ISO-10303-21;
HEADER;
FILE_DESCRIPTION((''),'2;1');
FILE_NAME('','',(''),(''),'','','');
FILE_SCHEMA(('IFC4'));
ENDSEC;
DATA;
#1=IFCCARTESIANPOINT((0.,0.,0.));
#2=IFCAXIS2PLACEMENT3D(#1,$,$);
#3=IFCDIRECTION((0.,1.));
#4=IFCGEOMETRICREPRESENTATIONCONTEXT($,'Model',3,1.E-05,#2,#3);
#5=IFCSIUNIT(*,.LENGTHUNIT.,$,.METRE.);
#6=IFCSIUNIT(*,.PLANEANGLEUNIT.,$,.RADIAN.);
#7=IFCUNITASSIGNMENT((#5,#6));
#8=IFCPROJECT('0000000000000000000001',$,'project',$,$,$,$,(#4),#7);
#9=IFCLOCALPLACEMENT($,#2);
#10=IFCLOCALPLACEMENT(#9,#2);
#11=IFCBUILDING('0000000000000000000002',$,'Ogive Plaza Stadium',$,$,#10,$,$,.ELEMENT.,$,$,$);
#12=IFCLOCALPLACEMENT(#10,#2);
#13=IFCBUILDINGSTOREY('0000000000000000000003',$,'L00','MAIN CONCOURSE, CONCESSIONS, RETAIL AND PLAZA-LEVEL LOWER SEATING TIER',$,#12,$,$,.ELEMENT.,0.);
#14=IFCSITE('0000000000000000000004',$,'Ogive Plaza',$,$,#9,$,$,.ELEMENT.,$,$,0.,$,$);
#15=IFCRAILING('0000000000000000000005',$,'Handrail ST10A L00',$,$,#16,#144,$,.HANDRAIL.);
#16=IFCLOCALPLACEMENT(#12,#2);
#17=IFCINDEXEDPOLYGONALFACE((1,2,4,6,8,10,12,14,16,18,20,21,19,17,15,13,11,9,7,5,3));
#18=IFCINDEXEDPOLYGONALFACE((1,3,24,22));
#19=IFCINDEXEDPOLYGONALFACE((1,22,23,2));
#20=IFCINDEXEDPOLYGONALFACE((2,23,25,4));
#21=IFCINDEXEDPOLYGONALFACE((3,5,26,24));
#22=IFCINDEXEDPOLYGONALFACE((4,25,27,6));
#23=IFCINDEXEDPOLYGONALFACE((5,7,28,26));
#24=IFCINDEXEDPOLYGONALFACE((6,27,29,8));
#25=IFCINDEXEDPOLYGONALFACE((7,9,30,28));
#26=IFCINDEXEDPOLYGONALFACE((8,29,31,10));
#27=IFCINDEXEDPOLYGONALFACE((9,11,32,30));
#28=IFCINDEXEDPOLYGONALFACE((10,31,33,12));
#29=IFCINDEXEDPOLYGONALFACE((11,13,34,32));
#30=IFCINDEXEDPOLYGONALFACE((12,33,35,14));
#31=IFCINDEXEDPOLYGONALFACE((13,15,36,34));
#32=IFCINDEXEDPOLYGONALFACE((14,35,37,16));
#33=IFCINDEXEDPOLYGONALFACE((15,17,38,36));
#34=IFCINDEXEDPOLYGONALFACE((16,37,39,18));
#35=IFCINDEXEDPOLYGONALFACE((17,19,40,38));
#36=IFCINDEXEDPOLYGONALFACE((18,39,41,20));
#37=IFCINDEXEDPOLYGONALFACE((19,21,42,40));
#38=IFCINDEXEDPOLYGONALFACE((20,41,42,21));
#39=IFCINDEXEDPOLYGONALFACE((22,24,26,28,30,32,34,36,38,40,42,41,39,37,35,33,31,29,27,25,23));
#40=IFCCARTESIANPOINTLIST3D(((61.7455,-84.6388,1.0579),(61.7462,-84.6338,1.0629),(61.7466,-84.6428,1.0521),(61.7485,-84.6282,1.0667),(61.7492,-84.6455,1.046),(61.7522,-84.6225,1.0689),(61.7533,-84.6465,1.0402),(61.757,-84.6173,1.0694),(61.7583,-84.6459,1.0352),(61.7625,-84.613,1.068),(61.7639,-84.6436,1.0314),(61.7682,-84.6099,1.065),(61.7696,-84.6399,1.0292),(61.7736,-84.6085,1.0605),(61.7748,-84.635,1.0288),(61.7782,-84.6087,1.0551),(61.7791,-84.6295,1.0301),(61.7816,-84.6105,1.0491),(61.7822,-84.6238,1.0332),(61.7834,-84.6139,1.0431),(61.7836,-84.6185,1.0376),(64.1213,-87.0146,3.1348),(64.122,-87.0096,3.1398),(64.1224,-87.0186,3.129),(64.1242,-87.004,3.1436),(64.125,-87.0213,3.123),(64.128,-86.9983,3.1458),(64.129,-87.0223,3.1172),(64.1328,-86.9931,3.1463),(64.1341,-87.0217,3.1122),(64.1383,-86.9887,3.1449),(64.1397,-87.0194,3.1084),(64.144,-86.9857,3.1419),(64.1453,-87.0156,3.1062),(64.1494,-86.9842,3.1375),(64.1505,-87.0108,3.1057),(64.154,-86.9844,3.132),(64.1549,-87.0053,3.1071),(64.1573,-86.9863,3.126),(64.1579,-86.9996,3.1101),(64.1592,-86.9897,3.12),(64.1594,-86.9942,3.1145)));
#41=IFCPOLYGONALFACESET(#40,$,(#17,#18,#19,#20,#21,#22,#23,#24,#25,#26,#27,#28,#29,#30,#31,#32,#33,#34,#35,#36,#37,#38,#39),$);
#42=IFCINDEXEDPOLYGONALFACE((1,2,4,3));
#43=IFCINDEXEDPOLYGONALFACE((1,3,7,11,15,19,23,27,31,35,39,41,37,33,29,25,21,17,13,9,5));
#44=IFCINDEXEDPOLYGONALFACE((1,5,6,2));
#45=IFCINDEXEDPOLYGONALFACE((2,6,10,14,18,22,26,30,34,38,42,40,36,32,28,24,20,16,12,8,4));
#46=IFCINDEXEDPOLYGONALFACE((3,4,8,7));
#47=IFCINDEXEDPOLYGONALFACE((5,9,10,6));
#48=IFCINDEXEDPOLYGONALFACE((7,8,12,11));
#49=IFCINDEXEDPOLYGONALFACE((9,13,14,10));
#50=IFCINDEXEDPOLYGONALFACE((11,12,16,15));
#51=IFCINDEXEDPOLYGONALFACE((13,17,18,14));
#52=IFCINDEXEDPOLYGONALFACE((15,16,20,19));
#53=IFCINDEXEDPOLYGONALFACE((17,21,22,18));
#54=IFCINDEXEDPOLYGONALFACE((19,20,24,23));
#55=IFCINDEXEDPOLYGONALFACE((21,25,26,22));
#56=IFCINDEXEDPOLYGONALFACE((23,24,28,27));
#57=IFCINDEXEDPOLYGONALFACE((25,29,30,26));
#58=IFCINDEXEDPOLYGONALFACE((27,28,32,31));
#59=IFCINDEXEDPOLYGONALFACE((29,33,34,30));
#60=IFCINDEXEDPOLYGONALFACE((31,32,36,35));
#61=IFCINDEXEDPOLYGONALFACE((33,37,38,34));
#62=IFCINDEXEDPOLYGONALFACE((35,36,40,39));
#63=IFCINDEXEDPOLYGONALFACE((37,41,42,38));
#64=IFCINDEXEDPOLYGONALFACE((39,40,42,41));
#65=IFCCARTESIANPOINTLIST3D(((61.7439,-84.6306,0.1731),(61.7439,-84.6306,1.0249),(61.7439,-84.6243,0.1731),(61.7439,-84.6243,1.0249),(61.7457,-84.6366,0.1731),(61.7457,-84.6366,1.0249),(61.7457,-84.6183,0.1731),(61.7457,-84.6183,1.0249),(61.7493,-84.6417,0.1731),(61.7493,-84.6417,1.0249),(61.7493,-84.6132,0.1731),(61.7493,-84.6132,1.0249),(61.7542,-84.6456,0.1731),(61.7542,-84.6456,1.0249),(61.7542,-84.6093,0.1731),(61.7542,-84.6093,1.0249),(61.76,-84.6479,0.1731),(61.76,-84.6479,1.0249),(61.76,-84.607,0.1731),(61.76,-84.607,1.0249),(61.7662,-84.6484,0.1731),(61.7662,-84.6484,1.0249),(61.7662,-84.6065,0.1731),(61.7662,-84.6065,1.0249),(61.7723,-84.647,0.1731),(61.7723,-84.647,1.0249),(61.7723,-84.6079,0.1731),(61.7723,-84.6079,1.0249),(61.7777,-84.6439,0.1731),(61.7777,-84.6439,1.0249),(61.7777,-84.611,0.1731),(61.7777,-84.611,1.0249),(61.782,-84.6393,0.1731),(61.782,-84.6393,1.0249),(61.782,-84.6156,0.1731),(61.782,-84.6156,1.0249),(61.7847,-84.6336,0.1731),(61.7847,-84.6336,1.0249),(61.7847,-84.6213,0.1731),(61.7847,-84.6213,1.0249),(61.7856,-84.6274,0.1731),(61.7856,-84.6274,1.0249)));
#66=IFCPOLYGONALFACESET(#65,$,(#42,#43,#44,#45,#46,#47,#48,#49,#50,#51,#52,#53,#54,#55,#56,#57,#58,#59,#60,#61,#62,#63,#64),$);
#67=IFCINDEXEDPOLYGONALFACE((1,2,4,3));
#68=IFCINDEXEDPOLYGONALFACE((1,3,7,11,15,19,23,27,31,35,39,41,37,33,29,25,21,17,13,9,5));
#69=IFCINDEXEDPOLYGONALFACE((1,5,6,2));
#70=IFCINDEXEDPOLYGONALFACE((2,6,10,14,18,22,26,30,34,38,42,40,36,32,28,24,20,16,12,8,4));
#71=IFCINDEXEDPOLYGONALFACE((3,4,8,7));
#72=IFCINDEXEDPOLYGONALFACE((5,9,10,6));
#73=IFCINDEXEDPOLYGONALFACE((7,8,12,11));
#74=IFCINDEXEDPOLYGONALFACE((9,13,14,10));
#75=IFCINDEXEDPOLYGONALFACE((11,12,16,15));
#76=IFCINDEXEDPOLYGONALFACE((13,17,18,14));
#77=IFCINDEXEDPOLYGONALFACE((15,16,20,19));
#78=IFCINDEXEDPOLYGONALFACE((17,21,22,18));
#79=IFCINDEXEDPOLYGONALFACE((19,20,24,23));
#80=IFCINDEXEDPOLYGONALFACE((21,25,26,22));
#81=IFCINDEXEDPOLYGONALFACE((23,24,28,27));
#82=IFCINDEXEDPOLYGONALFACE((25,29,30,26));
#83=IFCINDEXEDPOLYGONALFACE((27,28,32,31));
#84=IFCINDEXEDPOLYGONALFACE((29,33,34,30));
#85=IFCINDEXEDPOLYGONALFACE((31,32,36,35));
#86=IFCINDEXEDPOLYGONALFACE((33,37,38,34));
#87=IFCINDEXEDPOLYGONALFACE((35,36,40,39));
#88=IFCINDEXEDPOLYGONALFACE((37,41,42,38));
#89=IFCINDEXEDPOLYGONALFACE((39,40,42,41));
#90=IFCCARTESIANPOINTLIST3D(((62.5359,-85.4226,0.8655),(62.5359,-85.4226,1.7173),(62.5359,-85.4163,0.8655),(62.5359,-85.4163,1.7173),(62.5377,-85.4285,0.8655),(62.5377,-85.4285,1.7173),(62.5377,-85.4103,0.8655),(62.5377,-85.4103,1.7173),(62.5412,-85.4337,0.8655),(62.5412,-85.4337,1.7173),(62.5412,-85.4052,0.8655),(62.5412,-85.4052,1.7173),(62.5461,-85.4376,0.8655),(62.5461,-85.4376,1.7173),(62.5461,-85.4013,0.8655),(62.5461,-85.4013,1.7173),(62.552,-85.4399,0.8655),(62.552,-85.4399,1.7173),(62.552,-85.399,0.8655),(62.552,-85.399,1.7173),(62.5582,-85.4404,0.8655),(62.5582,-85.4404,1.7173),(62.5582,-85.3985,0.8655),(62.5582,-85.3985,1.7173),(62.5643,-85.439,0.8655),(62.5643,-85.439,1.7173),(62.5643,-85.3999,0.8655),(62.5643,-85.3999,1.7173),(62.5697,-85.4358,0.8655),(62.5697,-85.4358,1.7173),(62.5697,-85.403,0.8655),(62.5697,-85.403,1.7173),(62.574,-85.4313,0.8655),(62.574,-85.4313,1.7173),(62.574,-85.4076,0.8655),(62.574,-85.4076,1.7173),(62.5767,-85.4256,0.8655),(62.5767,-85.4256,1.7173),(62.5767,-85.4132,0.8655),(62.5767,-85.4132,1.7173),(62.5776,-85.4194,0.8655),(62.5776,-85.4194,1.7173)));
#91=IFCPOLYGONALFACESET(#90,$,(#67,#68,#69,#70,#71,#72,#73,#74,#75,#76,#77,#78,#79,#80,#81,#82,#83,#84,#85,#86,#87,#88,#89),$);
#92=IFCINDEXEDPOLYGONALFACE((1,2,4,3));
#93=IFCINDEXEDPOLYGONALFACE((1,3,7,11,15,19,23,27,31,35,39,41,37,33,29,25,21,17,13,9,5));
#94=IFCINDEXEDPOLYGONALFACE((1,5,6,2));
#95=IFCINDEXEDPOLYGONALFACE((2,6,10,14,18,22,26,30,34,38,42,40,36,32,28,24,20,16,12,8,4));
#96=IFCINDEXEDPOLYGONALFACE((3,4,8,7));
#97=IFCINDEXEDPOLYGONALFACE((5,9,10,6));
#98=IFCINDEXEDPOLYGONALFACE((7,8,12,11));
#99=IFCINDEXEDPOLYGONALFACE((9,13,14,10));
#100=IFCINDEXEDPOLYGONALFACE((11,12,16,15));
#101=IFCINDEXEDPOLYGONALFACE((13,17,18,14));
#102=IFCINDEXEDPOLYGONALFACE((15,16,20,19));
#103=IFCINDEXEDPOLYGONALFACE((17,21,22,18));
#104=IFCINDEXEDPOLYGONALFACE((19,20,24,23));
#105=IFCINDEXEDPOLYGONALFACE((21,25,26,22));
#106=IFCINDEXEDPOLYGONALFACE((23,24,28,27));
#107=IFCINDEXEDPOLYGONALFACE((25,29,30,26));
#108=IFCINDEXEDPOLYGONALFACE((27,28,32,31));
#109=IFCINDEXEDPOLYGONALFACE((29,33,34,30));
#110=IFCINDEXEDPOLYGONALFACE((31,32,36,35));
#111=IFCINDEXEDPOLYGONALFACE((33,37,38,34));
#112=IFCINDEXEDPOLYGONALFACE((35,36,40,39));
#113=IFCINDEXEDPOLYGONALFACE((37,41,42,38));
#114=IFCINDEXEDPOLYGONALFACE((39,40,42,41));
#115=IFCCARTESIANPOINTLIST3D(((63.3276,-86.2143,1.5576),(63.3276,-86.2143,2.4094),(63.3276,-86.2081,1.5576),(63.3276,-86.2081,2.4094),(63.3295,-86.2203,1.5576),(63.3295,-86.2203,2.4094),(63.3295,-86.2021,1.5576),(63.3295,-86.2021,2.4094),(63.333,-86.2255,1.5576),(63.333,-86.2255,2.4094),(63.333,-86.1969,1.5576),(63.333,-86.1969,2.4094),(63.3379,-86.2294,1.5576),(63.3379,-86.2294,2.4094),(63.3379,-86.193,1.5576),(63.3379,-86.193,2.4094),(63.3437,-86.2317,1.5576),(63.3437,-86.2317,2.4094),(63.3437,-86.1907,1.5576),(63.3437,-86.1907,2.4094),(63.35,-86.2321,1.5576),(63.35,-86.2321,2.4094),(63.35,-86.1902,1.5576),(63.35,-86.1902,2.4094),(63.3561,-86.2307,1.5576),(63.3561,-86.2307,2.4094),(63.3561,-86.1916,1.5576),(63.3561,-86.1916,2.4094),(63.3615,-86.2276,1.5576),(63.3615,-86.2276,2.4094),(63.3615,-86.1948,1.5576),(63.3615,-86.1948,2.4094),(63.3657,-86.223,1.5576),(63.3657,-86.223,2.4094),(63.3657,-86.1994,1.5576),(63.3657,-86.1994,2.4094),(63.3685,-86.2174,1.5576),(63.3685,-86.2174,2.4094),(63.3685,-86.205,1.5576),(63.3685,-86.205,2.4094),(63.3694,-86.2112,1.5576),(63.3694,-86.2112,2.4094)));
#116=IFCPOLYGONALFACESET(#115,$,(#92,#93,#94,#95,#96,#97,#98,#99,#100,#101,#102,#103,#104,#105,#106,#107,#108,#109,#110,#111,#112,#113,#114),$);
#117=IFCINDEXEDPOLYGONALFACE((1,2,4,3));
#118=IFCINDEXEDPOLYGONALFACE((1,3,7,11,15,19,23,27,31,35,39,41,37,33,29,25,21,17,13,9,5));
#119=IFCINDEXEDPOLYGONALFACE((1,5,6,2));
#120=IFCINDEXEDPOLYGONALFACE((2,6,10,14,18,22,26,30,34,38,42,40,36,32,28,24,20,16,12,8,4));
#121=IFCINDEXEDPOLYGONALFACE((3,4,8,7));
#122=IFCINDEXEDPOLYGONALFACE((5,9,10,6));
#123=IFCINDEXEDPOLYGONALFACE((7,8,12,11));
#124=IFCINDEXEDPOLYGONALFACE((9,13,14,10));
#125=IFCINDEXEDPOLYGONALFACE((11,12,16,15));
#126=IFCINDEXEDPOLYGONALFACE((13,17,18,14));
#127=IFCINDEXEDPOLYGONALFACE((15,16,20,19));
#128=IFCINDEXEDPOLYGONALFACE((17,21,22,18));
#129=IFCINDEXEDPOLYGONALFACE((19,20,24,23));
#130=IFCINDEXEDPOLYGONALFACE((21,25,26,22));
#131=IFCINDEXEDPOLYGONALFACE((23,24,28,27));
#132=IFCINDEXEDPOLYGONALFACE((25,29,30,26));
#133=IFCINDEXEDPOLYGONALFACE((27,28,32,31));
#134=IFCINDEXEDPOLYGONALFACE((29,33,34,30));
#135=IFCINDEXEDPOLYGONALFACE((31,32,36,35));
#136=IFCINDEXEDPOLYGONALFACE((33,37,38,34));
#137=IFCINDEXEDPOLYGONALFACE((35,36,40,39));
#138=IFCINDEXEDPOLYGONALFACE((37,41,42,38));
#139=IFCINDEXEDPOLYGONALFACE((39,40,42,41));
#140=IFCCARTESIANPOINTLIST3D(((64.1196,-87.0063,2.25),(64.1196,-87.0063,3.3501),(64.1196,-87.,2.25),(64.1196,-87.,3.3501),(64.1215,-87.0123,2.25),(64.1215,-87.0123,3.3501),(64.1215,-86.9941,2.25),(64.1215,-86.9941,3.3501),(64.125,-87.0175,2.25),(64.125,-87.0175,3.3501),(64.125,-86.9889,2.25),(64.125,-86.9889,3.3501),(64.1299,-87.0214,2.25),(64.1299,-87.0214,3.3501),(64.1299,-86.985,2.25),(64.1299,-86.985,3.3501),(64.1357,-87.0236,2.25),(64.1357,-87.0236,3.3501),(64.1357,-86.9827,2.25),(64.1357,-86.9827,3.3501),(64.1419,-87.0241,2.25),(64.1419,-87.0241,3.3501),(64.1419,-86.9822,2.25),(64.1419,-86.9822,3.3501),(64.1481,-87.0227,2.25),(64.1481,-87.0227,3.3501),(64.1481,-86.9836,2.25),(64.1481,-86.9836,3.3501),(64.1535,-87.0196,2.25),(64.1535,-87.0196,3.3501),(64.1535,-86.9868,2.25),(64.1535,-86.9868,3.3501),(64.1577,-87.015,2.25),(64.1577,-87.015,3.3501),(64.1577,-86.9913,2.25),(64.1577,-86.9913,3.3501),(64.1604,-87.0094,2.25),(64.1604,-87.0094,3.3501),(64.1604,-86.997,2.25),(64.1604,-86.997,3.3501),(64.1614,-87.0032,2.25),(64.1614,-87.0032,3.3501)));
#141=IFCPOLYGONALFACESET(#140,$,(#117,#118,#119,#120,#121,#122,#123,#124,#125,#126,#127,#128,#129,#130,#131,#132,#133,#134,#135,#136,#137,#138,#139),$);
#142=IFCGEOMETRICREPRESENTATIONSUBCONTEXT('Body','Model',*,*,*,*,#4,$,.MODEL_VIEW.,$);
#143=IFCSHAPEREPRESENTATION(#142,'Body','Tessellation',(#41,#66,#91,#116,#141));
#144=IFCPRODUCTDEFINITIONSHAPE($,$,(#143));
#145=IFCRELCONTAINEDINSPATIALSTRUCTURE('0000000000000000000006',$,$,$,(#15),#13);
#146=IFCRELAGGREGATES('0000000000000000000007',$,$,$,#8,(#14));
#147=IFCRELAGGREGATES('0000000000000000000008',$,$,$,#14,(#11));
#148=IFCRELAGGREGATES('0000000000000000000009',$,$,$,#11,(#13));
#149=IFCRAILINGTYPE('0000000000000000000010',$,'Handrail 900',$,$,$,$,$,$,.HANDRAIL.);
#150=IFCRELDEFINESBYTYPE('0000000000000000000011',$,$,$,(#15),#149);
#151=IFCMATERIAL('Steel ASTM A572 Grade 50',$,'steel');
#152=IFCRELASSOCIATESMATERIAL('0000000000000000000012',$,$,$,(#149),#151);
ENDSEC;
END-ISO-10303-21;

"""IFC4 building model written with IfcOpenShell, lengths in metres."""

from ifc_helpers import new_model, si_unit, direction, frame, origin, origin_2d, place, context, subcontext, project, spatial, circle, extrude, material, type_object, element, save


model = new_model("IFC4")

# Units and contexts
model_context = context("Model", 3, precision=1e-05, world=origin(), true_north=direction((0.0, 1.0)))
body_context = subcontext(model_context, "Body", "Model", "MODEL_VIEW")
ifc_project = project(units=[si_unit("LENGTHUNIT", "METRE"), si_unit("PLANEANGLEUNIT", "RADIAN")], contexts=[model_context])

# Site, building, storey
site_placement = place(None, origin())
site = spatial("IfcSite", under=ifc_project, at=site_placement, Name="Ogive Plaza", CompositionType="ELEMENT", RefElevation=0.0)
building_placement = place(site_placement, origin())
building = spatial("IfcBuilding", under=site, at=building_placement, Name="Ogive Plaza Stadium", CompositionType="ELEMENT")
storey_placement = place(building_placement, origin())
storey = spatial("IfcBuildingStorey", under=building, at=storey_placement, Name="L00", Description="MAIN CONCOURSE, CONCESSIONS, RETAIL AND PLAZA-LEVEL LOWER SEATING TIER", CompositionType="ELEMENT", Elevation=0.0)

# Railing
ifc_material_1 = material(Name="Steel ASTM A572 Grade 50", Category="steel")
railing_type_1 = type_object("IfcRailingType", Name="Handrail 900", PredefinedType="HANDRAIL", material=ifc_material_1)
railing_1_placement = place(storey_placement, frame((61.7646, -84.6274, 0.1731)))
element("IfcRailing", 1, at=railing_1_placement, inside=storey, type_object=railing_type_1, Name="Handrail ST10A L00", PredefinedType="HANDRAIL", context=body_context, shape_type="SweptSolid", body=[
    extrude(circle(Radius=0.0239, at=origin_2d()), frame((0.0, 0.0, 0.876), z_axis=(0.601466, -0.601466, 0.525811), x_axis=(0.707107, 0.707107, 0.0)), (0.0, 0.0, 1.0), 3.95),
    extrude(circle(Radius=0.021, at=origin_2d()), origin(), (0.0, 0.0, 1.0), 0.8518),
    extrude(circle(Radius=0.021, at=origin_2d()), frame((0.792, -0.792, 0.6924)), (0.0, 0.0, 1.0), 0.8518),
    extrude(circle(Radius=0.021, at=origin_2d()), frame((1.5837, -1.5837, 1.3845)), (0.0, 0.0, 1.0), 0.8518),
    extrude(circle(Radius=0.021, at=origin_2d()), frame((2.3757, -2.3757, 2.0769)), (0.0, 0.0, 1.0), 1.1001),
])

save(model, "model.ifc")
